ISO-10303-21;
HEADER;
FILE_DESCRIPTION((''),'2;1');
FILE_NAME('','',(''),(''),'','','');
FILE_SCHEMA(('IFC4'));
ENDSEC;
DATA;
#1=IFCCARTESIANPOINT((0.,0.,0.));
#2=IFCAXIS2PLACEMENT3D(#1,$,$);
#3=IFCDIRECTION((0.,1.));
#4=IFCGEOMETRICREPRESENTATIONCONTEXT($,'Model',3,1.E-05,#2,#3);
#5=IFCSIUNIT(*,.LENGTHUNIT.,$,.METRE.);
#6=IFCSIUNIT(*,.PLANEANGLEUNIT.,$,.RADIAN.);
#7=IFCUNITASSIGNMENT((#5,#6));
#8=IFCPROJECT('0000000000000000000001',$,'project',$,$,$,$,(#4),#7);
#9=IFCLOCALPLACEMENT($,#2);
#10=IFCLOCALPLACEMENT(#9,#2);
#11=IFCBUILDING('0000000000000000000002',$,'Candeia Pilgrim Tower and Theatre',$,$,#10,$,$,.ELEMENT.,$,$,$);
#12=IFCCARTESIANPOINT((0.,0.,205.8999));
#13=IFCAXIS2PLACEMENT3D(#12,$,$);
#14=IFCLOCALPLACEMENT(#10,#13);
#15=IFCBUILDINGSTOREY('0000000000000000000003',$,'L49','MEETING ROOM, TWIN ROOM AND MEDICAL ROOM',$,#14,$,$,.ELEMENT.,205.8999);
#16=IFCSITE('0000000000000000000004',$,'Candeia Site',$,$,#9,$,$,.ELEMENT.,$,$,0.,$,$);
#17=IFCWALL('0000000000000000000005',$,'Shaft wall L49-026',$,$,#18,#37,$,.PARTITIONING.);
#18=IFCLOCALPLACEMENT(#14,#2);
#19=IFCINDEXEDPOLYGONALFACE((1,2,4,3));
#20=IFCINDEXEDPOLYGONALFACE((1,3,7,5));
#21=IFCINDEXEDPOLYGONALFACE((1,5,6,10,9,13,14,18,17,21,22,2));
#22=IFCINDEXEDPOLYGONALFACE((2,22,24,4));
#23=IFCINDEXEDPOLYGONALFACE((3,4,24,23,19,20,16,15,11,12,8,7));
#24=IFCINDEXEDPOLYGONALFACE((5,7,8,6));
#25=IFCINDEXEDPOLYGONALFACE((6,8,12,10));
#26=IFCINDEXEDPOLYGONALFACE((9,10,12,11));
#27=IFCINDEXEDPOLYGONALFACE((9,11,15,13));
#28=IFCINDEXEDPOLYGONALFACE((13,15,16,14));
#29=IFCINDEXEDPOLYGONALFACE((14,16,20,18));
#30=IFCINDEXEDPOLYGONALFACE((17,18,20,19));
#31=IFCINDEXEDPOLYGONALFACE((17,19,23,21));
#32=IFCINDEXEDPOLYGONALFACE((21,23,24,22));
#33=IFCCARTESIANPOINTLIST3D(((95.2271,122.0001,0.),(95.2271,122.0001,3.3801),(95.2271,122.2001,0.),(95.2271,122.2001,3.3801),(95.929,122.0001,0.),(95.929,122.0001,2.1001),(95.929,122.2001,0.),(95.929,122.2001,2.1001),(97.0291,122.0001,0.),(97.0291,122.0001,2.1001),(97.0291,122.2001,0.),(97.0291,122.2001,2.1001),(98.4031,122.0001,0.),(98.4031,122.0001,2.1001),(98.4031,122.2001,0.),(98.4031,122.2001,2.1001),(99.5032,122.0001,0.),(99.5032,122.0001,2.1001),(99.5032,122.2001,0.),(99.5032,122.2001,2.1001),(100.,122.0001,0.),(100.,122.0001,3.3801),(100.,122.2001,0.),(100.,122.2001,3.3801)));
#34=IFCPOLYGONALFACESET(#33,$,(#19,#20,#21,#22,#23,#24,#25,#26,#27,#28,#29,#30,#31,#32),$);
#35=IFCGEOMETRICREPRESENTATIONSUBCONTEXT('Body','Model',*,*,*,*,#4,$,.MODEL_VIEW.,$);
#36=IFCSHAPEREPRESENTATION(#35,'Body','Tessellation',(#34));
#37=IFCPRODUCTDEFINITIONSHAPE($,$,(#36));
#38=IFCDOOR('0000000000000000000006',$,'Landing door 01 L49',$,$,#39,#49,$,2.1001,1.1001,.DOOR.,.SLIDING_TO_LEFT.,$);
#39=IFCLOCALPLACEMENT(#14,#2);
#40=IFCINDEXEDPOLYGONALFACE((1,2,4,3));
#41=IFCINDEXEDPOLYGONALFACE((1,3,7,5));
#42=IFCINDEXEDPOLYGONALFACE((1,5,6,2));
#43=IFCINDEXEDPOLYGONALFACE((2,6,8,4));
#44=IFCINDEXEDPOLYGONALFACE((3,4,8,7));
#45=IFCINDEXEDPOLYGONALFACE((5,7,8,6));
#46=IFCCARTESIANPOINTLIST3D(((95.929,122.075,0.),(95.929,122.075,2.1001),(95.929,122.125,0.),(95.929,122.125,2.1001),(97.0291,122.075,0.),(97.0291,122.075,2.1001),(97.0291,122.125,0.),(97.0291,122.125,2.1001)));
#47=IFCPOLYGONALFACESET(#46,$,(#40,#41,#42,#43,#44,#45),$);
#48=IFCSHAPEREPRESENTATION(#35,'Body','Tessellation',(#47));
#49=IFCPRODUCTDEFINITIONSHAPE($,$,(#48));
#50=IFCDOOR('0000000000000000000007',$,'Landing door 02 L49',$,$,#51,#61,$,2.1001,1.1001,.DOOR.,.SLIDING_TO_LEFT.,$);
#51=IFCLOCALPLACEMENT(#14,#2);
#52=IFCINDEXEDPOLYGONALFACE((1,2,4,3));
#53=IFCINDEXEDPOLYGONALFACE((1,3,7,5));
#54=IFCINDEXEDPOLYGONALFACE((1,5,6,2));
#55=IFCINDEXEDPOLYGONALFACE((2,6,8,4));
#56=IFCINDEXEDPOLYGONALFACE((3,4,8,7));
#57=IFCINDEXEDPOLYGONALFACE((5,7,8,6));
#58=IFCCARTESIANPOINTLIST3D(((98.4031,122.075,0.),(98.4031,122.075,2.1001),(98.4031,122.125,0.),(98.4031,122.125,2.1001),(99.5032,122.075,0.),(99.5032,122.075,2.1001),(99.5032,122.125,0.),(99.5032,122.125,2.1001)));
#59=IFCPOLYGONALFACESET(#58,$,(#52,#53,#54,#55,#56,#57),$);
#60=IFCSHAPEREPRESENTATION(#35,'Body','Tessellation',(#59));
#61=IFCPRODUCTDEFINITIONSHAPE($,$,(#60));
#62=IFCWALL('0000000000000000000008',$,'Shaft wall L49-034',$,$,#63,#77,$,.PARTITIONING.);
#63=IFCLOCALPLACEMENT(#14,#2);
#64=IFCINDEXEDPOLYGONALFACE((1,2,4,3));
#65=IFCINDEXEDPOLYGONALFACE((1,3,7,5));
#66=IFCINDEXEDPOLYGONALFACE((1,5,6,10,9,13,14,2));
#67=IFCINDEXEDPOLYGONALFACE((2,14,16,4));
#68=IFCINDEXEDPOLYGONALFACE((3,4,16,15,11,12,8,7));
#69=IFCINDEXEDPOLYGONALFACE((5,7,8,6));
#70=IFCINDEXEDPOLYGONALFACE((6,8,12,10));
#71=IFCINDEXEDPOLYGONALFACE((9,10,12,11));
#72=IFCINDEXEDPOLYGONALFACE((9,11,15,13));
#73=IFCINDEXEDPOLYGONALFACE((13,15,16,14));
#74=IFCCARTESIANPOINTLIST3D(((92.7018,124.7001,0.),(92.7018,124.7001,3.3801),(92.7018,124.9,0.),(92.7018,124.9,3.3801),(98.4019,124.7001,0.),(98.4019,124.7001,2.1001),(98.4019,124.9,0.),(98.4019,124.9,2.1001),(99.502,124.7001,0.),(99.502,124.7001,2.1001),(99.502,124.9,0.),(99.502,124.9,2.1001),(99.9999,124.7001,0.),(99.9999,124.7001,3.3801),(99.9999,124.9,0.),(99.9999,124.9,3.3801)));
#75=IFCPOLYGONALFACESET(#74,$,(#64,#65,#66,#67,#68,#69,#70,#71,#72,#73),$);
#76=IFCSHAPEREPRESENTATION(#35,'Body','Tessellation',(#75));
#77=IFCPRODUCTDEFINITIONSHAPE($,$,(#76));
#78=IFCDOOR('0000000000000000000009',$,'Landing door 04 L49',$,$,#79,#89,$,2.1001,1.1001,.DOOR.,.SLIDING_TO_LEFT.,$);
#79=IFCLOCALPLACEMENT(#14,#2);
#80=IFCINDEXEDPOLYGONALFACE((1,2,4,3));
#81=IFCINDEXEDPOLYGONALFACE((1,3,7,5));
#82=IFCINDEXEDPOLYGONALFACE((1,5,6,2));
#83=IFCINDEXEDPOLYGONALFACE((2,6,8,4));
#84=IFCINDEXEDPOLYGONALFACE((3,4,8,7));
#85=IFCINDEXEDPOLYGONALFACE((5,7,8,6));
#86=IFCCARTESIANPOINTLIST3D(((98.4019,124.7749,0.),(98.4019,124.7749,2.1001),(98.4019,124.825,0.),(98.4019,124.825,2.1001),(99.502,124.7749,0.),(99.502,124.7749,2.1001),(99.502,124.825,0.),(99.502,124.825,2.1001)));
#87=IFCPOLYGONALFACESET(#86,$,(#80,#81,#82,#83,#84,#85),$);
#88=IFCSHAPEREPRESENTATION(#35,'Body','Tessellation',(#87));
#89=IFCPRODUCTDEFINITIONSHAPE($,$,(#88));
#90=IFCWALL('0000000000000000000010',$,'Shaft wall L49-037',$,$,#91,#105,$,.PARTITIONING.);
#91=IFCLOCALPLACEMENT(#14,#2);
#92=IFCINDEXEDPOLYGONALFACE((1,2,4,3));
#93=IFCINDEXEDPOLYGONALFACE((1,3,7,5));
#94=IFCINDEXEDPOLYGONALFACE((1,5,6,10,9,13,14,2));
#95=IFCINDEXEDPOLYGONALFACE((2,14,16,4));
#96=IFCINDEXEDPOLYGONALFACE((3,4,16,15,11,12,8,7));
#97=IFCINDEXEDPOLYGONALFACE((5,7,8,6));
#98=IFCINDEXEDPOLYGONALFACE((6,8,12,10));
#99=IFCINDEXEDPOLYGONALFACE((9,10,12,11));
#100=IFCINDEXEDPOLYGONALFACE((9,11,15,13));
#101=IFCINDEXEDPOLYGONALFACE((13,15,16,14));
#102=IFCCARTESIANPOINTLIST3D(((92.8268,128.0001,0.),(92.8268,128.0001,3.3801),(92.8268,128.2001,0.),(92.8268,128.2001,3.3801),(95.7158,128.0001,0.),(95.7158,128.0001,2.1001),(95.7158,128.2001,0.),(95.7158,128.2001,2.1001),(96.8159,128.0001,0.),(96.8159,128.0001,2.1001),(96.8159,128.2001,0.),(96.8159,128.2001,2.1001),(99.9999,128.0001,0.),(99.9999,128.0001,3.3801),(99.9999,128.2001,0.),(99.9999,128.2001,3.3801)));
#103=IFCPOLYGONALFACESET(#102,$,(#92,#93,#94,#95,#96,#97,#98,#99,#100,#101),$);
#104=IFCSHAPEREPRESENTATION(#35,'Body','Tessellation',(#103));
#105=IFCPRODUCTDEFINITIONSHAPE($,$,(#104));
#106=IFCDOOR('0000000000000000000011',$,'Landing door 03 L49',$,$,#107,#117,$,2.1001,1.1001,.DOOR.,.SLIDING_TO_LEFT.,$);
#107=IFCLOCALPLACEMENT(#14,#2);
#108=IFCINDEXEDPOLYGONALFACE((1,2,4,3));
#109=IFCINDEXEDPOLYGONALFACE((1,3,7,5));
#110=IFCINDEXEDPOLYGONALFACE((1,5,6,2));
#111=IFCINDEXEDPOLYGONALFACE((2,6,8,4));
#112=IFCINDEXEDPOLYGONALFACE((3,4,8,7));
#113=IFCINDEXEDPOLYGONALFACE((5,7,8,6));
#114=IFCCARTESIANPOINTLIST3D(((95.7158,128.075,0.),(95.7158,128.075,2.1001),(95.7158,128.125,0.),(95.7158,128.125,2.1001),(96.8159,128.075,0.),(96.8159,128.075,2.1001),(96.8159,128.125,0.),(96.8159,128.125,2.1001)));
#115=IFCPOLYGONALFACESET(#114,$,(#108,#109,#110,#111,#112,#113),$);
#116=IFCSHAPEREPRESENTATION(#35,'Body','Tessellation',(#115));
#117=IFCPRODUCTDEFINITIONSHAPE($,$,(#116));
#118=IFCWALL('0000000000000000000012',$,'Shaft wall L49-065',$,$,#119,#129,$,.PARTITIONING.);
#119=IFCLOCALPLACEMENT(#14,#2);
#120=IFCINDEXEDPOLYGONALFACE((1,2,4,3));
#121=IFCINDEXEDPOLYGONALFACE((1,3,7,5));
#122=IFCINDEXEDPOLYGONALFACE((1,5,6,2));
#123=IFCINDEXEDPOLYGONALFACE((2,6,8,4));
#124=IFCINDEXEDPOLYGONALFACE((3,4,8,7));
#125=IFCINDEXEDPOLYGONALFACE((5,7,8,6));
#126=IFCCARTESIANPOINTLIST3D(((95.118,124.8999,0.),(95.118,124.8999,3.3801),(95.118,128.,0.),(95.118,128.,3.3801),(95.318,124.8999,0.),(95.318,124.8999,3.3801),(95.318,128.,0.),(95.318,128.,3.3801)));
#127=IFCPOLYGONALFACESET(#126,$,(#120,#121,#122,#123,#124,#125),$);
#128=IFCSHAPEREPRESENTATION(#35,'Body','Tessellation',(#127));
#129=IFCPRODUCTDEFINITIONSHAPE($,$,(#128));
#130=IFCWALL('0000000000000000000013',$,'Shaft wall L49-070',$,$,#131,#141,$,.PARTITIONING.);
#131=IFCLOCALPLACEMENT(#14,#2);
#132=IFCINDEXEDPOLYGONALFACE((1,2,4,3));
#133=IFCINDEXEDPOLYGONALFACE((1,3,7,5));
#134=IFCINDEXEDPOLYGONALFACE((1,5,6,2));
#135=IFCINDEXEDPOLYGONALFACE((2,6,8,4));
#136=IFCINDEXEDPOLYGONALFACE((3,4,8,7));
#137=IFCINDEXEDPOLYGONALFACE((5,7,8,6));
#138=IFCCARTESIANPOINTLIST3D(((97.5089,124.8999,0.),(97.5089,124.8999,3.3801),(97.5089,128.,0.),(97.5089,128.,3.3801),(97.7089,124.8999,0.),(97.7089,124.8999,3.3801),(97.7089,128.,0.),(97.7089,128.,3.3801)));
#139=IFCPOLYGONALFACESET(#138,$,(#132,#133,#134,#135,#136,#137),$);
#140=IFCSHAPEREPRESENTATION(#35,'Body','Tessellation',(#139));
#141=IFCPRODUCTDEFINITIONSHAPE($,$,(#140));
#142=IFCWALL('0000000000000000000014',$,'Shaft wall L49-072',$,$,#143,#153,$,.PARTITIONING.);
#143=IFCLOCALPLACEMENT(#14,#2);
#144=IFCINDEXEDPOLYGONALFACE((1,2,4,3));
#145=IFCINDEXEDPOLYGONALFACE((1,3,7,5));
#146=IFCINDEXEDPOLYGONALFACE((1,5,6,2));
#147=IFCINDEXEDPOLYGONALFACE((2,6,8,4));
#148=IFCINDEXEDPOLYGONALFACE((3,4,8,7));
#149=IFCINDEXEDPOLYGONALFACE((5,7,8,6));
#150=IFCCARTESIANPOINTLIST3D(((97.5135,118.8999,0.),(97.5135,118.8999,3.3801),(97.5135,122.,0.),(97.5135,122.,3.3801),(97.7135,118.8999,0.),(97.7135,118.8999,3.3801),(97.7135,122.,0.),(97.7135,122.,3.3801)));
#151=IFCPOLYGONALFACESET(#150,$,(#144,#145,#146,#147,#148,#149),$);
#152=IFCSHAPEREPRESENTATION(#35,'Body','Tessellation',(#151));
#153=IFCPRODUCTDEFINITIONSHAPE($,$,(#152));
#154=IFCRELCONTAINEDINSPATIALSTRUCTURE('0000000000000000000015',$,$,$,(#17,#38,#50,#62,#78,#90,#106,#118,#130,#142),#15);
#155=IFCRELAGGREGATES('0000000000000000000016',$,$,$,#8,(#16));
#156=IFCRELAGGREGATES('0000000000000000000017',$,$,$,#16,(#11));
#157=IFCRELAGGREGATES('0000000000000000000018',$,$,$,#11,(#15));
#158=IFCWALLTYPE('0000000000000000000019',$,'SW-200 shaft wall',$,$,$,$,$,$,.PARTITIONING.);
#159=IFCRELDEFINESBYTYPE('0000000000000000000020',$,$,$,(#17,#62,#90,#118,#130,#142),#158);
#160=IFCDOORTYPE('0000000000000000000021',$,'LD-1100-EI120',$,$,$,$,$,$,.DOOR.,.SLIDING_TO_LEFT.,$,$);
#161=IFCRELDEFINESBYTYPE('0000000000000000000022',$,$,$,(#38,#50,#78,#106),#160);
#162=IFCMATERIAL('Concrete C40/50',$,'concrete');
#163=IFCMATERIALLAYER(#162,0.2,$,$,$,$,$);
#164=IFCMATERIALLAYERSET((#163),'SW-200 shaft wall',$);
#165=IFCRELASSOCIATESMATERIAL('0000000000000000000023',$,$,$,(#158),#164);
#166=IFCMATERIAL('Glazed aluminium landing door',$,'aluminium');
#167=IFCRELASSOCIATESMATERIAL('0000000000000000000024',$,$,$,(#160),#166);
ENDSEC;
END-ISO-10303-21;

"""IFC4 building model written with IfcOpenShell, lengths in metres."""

from ifc_helpers import new_model, si_unit, direction, frame, frame_2d, origin, place, context, subcontext, project, spatial, rectangle, extrude, material, layer, layer_set, type_object, element, fill, save


model = new_model("IFC4")

# Units and contexts
model_context = context("Model", 3, precision=1e-05, world=origin(), true_north=direction((0.0, 1.0)))
body_context = subcontext(model_context, "Body", "Model", "MODEL_VIEW")
ifc_project = project(units=[si_unit("LENGTHUNIT", "METRE"), si_unit("PLANEANGLEUNIT", "RADIAN")], contexts=[model_context])

# Site, building, storey
site_placement = place(None, origin())
site = spatial("IfcSite", under=ifc_project, at=site_placement, Name="Candeia Site", CompositionType="ELEMENT", RefElevation=0.0)
building_placement = place(site_placement, origin())
building = spatial("IfcBuilding", under=site, at=building_placement, Name="Candeia Pilgrim Tower and Theatre", CompositionType="ELEMENT")
storey_placement = place(building_placement, frame((0.0, 0.0, 205.8999)))
storey = spatial("IfcBuildingStorey", under=building, at=storey_placement, Name="L49", Description="MEETING ROOM, TWIN ROOM AND MEDICAL ROOM", CompositionType="ELEMENT", Elevation=205.8999)

# Shared definitions
ifc_material_1 = material(Name="Concrete C40/50", Category="concrete")
ifc_layer_1 = layer(ifc_material_1, 0.2)
ifc_layer_set_1 = layer_set([ifc_layer_1], Name="SW-200 shaft wall")
wall_type_1 = type_object("IfcWallType", Name="SW-200 shaft wall", PredefinedType="PARTITIONING", material=ifc_layer_set_1)

# Wall, openings, doors
wall_1_placement = place(storey_placement, frame((95.2271, 122.1001, 0.0), z_axis=(0.0, 0.0, 1.0), x_axis=(1.0, 0.0, 0.0)))
wall_1 = element("IfcWall", 1, at=wall_1_placement, inside=storey, type_object=wall_type_1, Name="Shaft wall L49-026", PredefinedType="PARTITIONING", context=body_context, shape_type="SweptSolid", body=[
    extrude(rectangle(XDim=4.7729, YDim=0.2, at=frame_2d((2.3865, 0.0))), origin(), (0.0, 0.0, 1.0), 3.3801),
])
opening_1_placement = place(wall_1_placement, frame((0.7019, 0.0, 0.0)))
opening_1 = element("IfcOpeningElement", 2, at=opening_1_placement, cuts=wall_1, PredefinedType="OPENING", context=body_context, shape_type="SweptSolid", body=[
    extrude(rectangle(XDim=1.1001, YDim=2.1001, at=frame_2d((0.55, 1.05))), frame((0.0, 0.1099, 0.0), z_axis=(0.0, -1.0, 0.0), x_axis=(1.0, 0.0, 0.0)), (0.0, 0.0, 1.0), 0.22),
])
opening_2_placement = place(wall_1_placement, frame((3.176, 0.0, 0.0)))
opening_2 = element("IfcOpeningElement", 3, at=opening_2_placement, cuts=wall_1, PredefinedType="OPENING", context=body_context, shape_type="SweptSolid", body=[
    extrude(rectangle(XDim=1.1001, YDim=2.1001, at=frame_2d((0.55, 1.05))), frame((0.0, 0.1099, 0.0), z_axis=(0.0, -1.0, 0.0), x_axis=(1.0, 0.0, 0.0)), (0.0, 0.0, 1.0), 0.22),
])
ifc_material_2 = material(Name="Glazed aluminium landing door", Category="aluminium")
door_type_1 = type_object("IfcDoorType", Name="LD-1100-EI120", OperationType="SLIDING_TO_LEFT", PredefinedType="DOOR", material=ifc_material_2)
door_1_placement = place(opening_1_placement, origin())
door_1 = element("IfcDoor", 4, at=door_1_placement, inside=storey, type_object=door_type_1, Name="Landing door 01 L49", OperationType="SLIDING_TO_LEFT", OverallHeight=2.1001, OverallWidth=1.1001, PredefinedType="DOOR", context=body_context, shape_type="SweptSolid", body=[
    extrude(rectangle(XDim=1.1001, YDim=2.1001, at=frame_2d((0.55, 1.05))), frame((0.0, 0.0249, 0.0), z_axis=(0.0, -1.0, 0.0), x_axis=(1.0, 0.0, 0.0)), (0.0, 0.0, 1.0), 0.05),
])
fill(opening_1, door_1)
door_2_placement = place(opening_2_placement, origin())
door_2 = element("IfcDoor", 5, at=door_2_placement, inside=storey, type_object=door_type_1, Name="Landing door 02 L49", OperationType="SLIDING_TO_LEFT", OverallHeight=2.1001, OverallWidth=1.1001, PredefinedType="DOOR", context=body_context, shape_type="SweptSolid", body=[
    extrude(rectangle(XDim=1.1001, YDim=2.1001, at=frame_2d((0.55, 1.05))), frame((0.0, 0.0249, 0.0), z_axis=(0.0, -1.0, 0.0), x_axis=(1.0, 0.0, 0.0)), (0.0, 0.0, 1.0), 0.05),
])
fill(opening_2, door_2)

# Walls, openings, doors
wall_2_placement = place(storey_placement, frame((92.7019, 124.8, 0.0), z_axis=(0.0, 0.0, 1.0), x_axis=(1.0, 0.0, 0.0)))
wall_2 = element("IfcWall", 6, at=wall_2_placement, inside=storey, type_object=wall_type_1, Name="Shaft wall L49-034", PredefinedType="PARTITIONING", context=body_context, shape_type="SweptSolid", body=[
    extrude(rectangle(XDim=7.2981, YDim=0.2, at=frame_2d((3.6489, 0.0))), origin(), (0.0, 0.0, 1.0), 3.3801),
])
opening_3_placement = place(wall_2_placement, frame((5.7, 0.0, 0.0)))
opening_3 = element("IfcOpeningElement", 7, at=opening_3_placement, cuts=wall_2, PredefinedType="OPENING", context=body_context, shape_type="SweptSolid", body=[
    extrude(rectangle(XDim=1.1001, YDim=2.1001, at=frame_2d((0.55, 1.05))), frame((0.0, 0.1099, 0.0), z_axis=(0.0, -1.0, 0.0), x_axis=(1.0, 0.0, 0.0)), (0.0, 0.0, 1.0), 0.22),
])
door_3_placement = place(opening_3_placement, origin())
door_3 = element("IfcDoor", 8, at=door_3_placement, inside=storey, type_object=door_type_1, Name="Landing door 04 L49", OperationType="SLIDING_TO_LEFT", OverallHeight=2.1001, OverallWidth=1.1001, PredefinedType="DOOR", context=body_context, shape_type="SweptSolid", body=[
    extrude(rectangle(XDim=1.1001, YDim=2.1001, at=frame_2d((0.55, 1.05))), frame((0.0, 0.0249, 0.0), z_axis=(0.0, -1.0, 0.0), x_axis=(1.0, 0.0, 0.0)), (0.0, 0.0, 1.0), 0.05),
])
fill(opening_3, door_3)
wall_3_placement = place(storey_placement, frame((92.8269, 128.1001, 0.0), z_axis=(0.0, 0.0, 1.0), x_axis=(1.0, 0.0, 0.0)))
wall_3 = element("IfcWall", 9, at=wall_3_placement, inside=storey, type_object=wall_type_1, Name="Shaft wall L49-037", PredefinedType="PARTITIONING", context=body_context, shape_type="SweptSolid", body=[
    extrude(rectangle(XDim=7.1731, YDim=0.2, at=frame_2d((3.5864, 0.0))), origin(), (0.0, 0.0, 1.0), 3.3801),
])
opening_4_placement = place(wall_3_placement, frame((2.8889, 0.0, 0.0)))
opening_4 = element("IfcOpeningElement", 10, at=opening_4_placement, cuts=wall_3, PredefinedType="OPENING", context=body_context, shape_type="SweptSolid", body=[
    extrude(rectangle(XDim=1.1001, YDim=2.1001, at=frame_2d((0.55, 1.05))), frame((0.0, 0.1099, 0.0), z_axis=(0.0, -1.0, 0.0), x_axis=(1.0, 0.0, 0.0)), (0.0, 0.0, 1.0), 0.22),
])
door_4_placement = place(opening_4_placement, origin())
door_4 = element("IfcDoor", 11, at=door_4_placement, inside=storey, type_object=door_type_1, Name="Landing door 03 L49", OperationType="SLIDING_TO_LEFT", OverallHeight=2.1001, OverallWidth=1.1001, PredefinedType="DOOR", context=body_context, shape_type="SweptSolid", body=[
    extrude(rectangle(XDim=1.1001, YDim=2.1001, at=frame_2d((0.55, 1.05))), frame((0.0, 0.0249, 0.0), z_axis=(0.0, -1.0, 0.0), x_axis=(1.0, 0.0, 0.0)), (0.0, 0.0, 1.0), 0.05),
])
fill(opening_4, door_4)

# Walls
for number, where, z_axis, x_axis, name in (
    (12, (95.218, 124.8999, 0.0), (0.0, 0.0, 1.0), (0.0, 1.0, 0.0), "Shaft wall L49-065"),
    (13, (97.6089, 124.8999, 0.0), (0.0, 0.0, 1.0), (0.0, 1.0, 0.0), "Shaft wall L49-070"),
    (14, (97.6135, 118.8999, 0.0), (0.0, 0.0, 1.0), (0.0, 1.0, 0.0), "Shaft wall L49-072"),
):
    element("IfcWall", number, at=place(storey_placement, frame(where, z_axis=z_axis, x_axis=x_axis)), inside=storey, type_object=wall_type_1, Name=name, PredefinedType="PARTITIONING", context=body_context, shape_type="SweptSolid", body=[
        extrude(rectangle(XDim=3.1001, YDim=0.2, at=frame_2d((1.55, 0.0))), origin(), (0.0, 0.0, 1.0), 3.3801),
    ])

save(model, "model.ifc")
